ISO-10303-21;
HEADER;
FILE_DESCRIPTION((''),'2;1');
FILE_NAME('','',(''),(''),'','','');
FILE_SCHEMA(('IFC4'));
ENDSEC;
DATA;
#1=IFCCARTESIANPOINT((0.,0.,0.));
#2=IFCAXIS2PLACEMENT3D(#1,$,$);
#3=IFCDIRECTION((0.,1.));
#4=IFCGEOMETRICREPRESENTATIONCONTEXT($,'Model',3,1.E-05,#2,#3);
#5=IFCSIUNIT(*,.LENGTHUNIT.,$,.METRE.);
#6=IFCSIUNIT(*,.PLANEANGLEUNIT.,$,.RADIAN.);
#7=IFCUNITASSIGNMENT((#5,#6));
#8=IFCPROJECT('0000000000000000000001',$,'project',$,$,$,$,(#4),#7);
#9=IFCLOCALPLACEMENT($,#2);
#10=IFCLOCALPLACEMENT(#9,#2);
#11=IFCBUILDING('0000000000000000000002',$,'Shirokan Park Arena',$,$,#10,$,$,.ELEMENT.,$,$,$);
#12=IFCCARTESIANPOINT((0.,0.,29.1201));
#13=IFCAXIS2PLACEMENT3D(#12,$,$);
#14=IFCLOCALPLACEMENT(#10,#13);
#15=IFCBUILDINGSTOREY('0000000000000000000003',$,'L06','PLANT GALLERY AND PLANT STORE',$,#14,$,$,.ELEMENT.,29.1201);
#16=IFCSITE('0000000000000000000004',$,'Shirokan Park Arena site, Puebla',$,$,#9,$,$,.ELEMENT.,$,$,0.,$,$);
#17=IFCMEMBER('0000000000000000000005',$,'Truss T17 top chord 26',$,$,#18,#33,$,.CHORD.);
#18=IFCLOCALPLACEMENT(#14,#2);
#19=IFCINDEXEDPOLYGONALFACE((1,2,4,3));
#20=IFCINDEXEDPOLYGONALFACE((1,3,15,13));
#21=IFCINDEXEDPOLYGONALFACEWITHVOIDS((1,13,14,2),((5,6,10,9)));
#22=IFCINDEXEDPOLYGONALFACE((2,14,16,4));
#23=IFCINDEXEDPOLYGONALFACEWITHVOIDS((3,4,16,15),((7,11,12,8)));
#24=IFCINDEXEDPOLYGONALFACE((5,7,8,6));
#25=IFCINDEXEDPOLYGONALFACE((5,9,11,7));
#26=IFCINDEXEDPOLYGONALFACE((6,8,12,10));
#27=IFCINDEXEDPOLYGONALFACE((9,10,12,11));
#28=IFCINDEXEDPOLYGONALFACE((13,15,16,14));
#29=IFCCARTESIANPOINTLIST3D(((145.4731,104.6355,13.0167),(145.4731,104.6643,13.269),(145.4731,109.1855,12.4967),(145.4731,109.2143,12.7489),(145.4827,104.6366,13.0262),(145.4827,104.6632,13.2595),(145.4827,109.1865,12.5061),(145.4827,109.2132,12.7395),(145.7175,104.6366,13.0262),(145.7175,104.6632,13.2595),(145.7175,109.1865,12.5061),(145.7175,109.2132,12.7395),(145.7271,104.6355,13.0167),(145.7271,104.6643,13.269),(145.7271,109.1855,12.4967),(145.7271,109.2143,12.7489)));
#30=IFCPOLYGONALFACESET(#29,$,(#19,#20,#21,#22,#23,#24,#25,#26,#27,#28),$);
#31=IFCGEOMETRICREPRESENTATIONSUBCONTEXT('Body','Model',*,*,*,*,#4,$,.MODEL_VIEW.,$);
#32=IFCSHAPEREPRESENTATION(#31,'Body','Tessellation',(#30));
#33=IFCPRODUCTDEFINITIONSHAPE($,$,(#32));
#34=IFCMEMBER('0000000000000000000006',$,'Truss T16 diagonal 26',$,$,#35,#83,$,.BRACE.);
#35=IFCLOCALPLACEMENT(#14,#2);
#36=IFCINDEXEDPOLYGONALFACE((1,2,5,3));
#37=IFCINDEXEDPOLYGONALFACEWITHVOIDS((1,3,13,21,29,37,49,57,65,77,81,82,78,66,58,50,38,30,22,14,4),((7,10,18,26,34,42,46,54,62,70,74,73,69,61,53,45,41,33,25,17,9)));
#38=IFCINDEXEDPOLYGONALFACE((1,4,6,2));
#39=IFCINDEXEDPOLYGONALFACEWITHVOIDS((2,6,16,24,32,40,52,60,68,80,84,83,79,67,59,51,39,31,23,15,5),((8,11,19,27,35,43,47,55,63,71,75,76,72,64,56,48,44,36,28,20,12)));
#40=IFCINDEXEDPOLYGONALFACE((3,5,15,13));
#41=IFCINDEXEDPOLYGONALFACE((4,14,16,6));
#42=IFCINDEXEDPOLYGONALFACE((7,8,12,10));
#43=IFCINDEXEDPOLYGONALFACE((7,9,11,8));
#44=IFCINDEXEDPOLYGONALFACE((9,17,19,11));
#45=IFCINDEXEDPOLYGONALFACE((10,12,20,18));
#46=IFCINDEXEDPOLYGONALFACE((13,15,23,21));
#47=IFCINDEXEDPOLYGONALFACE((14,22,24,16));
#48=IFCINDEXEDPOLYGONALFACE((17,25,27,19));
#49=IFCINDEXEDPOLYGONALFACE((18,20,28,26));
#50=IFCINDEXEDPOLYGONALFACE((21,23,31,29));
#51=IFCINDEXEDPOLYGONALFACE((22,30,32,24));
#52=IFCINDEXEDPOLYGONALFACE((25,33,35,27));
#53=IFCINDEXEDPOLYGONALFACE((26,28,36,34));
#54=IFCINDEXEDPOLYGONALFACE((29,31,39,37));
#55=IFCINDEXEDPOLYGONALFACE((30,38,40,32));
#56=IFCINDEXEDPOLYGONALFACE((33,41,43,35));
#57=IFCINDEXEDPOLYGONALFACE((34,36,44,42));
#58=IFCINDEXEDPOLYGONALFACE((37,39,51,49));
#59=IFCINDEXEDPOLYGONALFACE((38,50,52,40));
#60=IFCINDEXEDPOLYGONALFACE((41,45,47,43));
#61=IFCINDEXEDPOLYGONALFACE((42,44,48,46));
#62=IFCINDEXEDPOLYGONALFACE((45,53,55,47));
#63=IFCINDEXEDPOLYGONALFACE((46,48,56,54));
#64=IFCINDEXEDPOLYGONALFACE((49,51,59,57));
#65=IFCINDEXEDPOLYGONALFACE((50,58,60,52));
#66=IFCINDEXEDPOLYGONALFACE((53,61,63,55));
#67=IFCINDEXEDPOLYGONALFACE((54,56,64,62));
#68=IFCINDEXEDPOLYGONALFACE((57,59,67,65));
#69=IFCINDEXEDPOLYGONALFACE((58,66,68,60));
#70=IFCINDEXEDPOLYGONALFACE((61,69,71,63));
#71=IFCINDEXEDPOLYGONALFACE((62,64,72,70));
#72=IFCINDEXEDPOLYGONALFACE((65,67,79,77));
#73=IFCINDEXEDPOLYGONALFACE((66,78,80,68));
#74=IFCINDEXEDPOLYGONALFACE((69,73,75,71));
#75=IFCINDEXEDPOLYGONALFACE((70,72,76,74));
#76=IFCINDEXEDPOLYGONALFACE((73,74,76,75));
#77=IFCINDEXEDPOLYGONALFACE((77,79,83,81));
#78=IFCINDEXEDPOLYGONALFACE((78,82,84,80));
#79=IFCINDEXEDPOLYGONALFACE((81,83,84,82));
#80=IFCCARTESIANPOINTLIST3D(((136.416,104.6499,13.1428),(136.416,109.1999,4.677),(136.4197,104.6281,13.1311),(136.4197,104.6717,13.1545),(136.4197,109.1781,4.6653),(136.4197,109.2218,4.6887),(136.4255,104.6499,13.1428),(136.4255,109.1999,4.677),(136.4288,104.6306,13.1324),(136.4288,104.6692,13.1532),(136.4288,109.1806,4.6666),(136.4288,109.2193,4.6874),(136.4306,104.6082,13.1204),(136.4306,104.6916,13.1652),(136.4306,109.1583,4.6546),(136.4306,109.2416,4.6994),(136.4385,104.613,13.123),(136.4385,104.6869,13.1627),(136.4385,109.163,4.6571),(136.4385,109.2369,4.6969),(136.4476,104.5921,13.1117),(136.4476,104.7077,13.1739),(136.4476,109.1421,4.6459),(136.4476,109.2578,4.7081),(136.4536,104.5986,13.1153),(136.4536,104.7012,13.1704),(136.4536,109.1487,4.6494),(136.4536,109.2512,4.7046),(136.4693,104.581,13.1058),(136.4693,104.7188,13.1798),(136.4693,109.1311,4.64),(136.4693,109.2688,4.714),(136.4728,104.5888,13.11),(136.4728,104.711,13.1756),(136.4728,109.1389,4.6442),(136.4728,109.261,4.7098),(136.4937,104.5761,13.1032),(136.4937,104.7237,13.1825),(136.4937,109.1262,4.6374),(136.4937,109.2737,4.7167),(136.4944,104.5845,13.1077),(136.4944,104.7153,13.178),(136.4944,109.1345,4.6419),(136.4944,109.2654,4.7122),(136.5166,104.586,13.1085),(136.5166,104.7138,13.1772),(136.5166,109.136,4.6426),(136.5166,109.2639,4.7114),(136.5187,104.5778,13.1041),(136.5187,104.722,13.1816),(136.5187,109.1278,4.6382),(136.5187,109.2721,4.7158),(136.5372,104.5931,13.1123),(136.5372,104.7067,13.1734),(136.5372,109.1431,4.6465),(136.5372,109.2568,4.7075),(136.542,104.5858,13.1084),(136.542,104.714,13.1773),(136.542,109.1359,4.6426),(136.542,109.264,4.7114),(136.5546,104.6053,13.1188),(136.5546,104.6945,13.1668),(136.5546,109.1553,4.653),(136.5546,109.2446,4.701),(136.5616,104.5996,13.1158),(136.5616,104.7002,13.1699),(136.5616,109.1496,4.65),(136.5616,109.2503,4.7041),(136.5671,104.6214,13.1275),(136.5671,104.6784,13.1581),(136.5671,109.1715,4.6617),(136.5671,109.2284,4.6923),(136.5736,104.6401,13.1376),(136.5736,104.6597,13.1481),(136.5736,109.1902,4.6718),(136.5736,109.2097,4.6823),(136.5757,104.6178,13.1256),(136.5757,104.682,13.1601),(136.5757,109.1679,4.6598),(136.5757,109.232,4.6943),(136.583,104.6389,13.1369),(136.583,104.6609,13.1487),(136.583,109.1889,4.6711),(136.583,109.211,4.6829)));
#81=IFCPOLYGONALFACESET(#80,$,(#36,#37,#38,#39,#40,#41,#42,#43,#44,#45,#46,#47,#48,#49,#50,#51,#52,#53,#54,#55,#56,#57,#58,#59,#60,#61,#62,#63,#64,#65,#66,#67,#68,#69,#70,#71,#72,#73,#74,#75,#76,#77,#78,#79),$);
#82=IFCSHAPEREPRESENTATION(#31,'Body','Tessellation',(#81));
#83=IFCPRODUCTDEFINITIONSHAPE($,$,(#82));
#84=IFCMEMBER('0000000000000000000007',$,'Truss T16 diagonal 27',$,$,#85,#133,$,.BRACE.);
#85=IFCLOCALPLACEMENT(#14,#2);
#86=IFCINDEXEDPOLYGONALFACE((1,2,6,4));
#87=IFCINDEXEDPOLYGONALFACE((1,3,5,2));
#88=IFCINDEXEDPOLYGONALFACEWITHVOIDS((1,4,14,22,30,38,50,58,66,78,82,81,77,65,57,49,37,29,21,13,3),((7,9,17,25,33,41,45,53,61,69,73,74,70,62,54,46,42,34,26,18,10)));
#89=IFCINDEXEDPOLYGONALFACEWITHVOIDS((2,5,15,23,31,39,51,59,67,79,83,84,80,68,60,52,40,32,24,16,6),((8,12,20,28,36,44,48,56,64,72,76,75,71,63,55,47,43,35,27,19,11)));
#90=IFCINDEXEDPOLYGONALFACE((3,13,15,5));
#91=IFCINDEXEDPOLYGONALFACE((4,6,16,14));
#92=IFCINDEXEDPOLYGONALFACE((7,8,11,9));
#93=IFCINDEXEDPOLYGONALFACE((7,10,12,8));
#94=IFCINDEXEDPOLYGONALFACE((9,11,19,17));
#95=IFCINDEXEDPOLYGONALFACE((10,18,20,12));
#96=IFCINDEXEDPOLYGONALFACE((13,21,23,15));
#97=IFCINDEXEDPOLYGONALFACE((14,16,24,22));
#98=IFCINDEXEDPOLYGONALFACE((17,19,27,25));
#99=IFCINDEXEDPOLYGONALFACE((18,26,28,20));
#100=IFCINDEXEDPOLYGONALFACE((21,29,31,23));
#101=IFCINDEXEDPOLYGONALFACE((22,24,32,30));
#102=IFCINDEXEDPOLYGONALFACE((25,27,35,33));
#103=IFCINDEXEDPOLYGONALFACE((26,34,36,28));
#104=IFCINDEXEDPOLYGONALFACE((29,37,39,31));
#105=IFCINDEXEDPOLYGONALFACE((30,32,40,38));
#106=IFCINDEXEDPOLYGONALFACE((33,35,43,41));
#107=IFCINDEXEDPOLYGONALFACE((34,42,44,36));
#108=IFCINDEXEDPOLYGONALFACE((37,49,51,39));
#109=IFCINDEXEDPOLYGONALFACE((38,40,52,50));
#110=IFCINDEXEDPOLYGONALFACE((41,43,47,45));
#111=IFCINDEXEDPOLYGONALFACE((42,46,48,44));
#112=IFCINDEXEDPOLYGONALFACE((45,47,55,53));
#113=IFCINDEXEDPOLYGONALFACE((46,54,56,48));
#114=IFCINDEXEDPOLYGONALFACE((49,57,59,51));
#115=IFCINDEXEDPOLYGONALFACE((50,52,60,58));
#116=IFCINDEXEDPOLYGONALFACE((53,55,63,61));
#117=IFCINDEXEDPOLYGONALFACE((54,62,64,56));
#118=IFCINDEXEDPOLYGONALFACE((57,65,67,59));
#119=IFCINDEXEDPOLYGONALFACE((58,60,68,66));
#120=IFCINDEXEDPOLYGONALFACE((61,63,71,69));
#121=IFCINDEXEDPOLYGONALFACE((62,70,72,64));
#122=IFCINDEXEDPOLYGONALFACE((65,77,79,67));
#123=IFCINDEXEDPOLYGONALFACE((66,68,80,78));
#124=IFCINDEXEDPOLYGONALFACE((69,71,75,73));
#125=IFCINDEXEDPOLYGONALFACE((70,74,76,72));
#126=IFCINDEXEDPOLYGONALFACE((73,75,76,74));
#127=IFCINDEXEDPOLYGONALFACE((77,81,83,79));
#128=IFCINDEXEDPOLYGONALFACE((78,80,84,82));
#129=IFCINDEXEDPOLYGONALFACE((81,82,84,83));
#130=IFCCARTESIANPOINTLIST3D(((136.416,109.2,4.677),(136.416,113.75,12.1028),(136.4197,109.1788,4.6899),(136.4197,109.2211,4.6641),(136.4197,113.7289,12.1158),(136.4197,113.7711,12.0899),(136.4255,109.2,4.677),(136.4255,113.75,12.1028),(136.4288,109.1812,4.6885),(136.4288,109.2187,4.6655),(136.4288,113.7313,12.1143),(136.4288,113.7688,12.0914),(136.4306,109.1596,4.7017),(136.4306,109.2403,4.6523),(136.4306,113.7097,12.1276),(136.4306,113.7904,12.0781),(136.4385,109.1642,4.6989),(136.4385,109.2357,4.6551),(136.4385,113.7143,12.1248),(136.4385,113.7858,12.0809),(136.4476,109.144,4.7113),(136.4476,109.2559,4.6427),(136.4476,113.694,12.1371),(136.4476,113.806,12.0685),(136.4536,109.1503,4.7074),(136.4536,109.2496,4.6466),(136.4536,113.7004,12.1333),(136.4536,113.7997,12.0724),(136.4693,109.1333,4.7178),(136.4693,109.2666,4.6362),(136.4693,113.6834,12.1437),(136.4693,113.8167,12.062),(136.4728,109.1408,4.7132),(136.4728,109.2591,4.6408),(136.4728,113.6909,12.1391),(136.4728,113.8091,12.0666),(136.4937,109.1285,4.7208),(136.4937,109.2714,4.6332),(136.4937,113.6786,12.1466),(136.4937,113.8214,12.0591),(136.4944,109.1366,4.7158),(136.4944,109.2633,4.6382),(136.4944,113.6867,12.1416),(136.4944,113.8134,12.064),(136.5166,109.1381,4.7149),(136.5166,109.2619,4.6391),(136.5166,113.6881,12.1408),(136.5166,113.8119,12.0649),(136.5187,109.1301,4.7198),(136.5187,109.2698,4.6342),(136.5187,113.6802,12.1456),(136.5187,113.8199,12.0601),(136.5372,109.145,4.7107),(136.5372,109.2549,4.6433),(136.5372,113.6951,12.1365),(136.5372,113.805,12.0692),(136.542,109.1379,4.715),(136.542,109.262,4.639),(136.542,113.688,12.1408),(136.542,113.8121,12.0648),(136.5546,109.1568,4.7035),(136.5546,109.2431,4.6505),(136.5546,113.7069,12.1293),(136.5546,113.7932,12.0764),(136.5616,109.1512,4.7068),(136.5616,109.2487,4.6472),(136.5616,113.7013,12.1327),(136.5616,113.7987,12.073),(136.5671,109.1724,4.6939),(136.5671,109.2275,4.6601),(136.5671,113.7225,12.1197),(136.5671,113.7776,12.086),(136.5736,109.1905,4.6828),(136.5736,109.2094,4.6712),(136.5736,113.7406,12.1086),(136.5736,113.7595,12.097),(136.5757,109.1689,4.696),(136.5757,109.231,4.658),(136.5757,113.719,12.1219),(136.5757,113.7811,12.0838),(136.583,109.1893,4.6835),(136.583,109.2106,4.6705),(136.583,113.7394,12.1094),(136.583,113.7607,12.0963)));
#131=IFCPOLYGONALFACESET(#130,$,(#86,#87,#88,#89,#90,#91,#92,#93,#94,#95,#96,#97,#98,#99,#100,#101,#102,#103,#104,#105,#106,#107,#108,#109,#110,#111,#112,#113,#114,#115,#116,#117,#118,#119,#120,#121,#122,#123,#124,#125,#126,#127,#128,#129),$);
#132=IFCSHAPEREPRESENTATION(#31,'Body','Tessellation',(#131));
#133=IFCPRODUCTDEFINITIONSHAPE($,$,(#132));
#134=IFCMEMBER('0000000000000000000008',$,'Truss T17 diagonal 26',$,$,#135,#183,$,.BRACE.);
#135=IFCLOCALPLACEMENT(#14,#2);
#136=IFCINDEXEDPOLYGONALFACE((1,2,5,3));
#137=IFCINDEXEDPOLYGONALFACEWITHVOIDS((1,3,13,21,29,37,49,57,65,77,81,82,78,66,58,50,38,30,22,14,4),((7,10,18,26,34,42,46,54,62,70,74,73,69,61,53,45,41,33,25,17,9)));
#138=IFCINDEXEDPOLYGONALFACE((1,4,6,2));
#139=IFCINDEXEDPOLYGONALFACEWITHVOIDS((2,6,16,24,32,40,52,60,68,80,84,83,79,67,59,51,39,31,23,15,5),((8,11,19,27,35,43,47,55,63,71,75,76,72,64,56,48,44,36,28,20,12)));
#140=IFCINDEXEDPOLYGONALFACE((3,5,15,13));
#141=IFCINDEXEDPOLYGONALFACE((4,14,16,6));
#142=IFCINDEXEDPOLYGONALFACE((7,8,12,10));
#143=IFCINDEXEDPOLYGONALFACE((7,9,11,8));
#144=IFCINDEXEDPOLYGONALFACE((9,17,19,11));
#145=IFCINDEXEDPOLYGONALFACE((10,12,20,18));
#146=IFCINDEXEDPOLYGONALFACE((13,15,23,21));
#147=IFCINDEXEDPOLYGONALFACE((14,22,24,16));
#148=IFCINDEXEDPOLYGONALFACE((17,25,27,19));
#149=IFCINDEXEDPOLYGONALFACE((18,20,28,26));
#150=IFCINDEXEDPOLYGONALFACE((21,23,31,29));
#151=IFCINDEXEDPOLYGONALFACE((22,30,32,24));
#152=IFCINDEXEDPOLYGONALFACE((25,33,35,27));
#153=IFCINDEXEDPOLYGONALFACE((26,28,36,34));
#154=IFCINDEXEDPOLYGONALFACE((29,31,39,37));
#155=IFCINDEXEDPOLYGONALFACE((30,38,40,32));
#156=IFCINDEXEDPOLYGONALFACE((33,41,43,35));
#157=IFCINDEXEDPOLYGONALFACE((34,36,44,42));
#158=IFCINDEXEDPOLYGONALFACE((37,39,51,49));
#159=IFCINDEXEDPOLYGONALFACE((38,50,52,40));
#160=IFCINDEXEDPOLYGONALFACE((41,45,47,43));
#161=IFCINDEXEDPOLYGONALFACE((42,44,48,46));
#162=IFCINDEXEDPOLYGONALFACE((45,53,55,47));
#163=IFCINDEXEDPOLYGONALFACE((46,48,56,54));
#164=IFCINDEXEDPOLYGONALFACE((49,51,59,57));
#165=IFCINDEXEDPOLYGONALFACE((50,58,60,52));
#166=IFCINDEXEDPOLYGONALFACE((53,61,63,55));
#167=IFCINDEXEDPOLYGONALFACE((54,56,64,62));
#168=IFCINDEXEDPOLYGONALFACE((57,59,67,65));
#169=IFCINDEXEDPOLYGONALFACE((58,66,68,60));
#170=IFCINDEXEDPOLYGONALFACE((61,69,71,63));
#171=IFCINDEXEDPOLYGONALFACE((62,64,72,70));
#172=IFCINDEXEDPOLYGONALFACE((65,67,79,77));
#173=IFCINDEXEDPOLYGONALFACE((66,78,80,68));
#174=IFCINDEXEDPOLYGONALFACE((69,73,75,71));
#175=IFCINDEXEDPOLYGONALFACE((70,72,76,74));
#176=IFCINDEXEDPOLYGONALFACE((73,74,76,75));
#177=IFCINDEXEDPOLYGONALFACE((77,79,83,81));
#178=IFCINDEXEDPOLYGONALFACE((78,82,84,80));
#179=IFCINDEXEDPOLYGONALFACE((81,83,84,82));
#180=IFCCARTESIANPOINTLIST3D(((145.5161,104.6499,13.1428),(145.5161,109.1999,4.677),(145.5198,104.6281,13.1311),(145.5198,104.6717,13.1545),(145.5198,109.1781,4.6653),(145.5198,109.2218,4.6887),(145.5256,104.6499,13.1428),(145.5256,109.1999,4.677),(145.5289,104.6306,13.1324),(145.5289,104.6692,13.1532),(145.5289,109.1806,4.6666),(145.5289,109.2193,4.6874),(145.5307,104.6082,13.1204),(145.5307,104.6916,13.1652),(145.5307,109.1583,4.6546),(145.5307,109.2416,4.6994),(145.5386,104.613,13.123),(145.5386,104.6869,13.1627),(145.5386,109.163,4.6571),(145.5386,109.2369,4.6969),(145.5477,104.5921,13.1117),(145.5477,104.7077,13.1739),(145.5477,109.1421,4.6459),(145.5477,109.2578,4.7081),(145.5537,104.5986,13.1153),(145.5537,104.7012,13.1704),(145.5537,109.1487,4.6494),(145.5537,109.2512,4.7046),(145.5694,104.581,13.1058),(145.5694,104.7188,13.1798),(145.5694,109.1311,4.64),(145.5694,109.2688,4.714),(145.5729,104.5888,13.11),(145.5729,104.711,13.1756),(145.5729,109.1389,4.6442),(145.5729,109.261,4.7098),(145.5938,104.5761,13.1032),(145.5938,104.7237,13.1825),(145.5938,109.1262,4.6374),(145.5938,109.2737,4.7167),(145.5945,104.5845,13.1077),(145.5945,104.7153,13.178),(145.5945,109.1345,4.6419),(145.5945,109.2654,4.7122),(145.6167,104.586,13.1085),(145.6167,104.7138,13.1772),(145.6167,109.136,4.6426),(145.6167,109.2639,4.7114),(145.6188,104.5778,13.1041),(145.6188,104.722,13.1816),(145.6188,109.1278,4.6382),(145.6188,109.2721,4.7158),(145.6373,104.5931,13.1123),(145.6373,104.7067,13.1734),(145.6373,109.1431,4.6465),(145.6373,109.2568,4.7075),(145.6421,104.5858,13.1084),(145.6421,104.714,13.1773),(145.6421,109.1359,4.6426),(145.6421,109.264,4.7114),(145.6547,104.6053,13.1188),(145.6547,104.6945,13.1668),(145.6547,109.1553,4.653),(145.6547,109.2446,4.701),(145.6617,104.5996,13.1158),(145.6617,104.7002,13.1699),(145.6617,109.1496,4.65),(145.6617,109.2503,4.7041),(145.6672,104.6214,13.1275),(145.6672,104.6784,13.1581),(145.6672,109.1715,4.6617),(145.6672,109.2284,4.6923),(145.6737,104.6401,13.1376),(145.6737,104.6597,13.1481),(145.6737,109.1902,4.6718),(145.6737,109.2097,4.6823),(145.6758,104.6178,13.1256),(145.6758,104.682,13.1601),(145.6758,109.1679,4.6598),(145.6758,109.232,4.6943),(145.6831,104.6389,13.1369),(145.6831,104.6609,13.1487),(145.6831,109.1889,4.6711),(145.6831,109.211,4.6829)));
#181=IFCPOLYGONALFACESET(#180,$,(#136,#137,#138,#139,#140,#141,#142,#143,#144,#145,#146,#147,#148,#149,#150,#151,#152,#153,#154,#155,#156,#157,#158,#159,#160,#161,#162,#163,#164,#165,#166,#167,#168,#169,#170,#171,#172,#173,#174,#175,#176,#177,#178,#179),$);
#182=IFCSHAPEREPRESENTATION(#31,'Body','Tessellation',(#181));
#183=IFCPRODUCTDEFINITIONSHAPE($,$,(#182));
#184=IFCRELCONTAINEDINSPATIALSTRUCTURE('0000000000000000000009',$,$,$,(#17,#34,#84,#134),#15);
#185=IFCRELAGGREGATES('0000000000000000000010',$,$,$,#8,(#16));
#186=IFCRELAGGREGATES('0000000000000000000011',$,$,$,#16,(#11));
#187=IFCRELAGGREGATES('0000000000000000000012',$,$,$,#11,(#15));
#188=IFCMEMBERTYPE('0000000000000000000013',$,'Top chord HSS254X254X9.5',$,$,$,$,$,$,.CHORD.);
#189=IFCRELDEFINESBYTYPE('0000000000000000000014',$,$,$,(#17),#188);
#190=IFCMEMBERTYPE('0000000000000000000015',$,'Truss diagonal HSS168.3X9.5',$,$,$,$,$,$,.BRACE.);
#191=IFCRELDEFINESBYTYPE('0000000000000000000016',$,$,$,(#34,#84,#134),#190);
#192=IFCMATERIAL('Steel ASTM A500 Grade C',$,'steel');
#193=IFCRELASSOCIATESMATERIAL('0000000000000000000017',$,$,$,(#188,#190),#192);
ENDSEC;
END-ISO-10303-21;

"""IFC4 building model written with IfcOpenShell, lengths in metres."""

from ifc_helpers import new_model, si_unit, direction, frame, origin, origin_2d, place, context, subcontext, project, spatial, hollow_rectangle, hollow_circle, extrude, material, material_profile, profile_set, type_object, element, save


model = new_model("IFC4")

# Units and contexts
model_context = context("Model", 3, precision=1e-05, world=origin(), true_north=direction((0.0, 1.0)))
body_context = subcontext(model_context, "Body", "Model", "MODEL_VIEW")
ifc_project = project(units=[si_unit("LENGTHUNIT", "METRE"), si_unit("PLANEANGLEUNIT", "RADIAN")], contexts=[model_context])

# Site, building, storey
site_placement = place(None, origin())
site = spatial("IfcSite", under=ifc_project, at=site_placement, Name="Shirokan Park Arena site, Puebla", CompositionType="ELEMENT", RefElevation=0.0)
building_placement = place(site_placement, origin())
building = spatial("IfcBuilding", under=site, at=building_placement, Name="Shirokan Park Arena", CompositionType="ELEMENT")
storey_placement = place(building_placement, frame((0.0, 0.0, 29.1201)))
storey = spatial("IfcBuildingStorey", under=building, at=storey_placement, Name="L06", Description="PLANT GALLERY AND PLANT STORE", CompositionType="ELEMENT", Elevation=29.1201)

# Shared definitions
ifc_material_1 = material(Name="Steel ASTM A500 Grade C", Category="steel")

# Members
ifc_material_profile_1 = material_profile(ifc_material_1, hollow_rectangle(XDim=0.2539, YDim=0.2539, WallThickness=0.0095, at=origin_2d()), Name="HSS254X254X9.5")
ifc_profile_set_1 = profile_set([ifc_material_profile_1], Name="Steel ASTM A500 Grade C")
member_type_1 = type_object("IfcMemberType", Name="Top chord HSS254X254X9.5", PredefinedType="CHORD", material=ifc_profile_set_1)
for number, where, z_axis, x_axis, name in (
    (1, (145.6001, 104.6499, 13.1428), (0.0, 0.993532, -0.11355), (-1.0, 0.0, 0.0), "Truss T17 top chord 26"),
):
    element("IfcMember", number, at=place(storey_placement, frame(where, z_axis=z_axis, x_axis=x_axis)), inside=storey, type_object=member_type_1, Name=name, PredefinedType="CHORD", context=body_context, shape_type="SweptSolid", body=[
        extrude(hollow_rectangle(XDim=0.2539, YDim=0.2539, WallThickness=0.0095, at=origin_2d()), origin(), (0.0, 0.0, 1.0), 4.5796),
    ])
ifc_material_profile_2 = material_profile(ifc_material_1, hollow_circle(Radius=0.084, WallThickness=0.0095, at=origin_2d()), Name="HSS168.3X9.5")
ifc_profile_set_2 = profile_set([ifc_material_profile_2], Name="Steel ASTM A500 Grade C")
member_type_2 = type_object("IfcMemberType", Name="Truss diagonal HSS168.3X9.5", PredefinedType="BRACE", material=ifc_profile_set_2)
member_1_placement = place(storey_placement, frame((136.5, 104.6499, 13.1428), z_axis=(0.0, 0.473417, -0.880839), x_axis=(-1.0, 0.0, 0.0)))
element("IfcMember", 2, at=member_1_placement, inside=storey, type_object=member_type_2, Name="Truss T16 diagonal 26", PredefinedType="BRACE", context=body_context, shape_type="SweptSolid", body=[
    extrude(hollow_circle(Radius=0.084, WallThickness=0.0095, at=origin_2d()), origin(), (0.0, 0.0, 1.0), 9.6111),
])
member_2_placement = place(storey_placement, frame((136.5, 109.2, 4.677), z_axis=(0.0, 0.522459, 0.852665), x_axis=(-1.0, 0.0, 0.0)))
element("IfcMember", 3, at=member_2_placement, inside=storey, type_object=member_type_2, Name="Truss T16 diagonal 27", PredefinedType="BRACE", context=body_context, shape_type="SweptSolid", body=[
    extrude(hollow_circle(Radius=0.084, WallThickness=0.0095, at=origin_2d()), origin(), (0.0, 0.0, 1.0), 8.709),
])
member_3_placement = place(storey_placement, frame((145.6001, 104.6499, 13.1428), z_axis=(0.0, 0.473417, -0.880839), x_axis=(-1.0, 0.0, 0.0)))
element("IfcMember", 4, at=member_3_placement, inside=storey, type_object=member_type_2, Name="Truss T17 diagonal 26", PredefinedType="BRACE", context=body_context, shape_type="SweptSolid", body=[
    extrude(hollow_circle(Radius=0.084, WallThickness=0.0095, at=origin_2d()), origin(), (0.0, 0.0, 1.0), 9.6111),
])

save(model, "model.ifc")
